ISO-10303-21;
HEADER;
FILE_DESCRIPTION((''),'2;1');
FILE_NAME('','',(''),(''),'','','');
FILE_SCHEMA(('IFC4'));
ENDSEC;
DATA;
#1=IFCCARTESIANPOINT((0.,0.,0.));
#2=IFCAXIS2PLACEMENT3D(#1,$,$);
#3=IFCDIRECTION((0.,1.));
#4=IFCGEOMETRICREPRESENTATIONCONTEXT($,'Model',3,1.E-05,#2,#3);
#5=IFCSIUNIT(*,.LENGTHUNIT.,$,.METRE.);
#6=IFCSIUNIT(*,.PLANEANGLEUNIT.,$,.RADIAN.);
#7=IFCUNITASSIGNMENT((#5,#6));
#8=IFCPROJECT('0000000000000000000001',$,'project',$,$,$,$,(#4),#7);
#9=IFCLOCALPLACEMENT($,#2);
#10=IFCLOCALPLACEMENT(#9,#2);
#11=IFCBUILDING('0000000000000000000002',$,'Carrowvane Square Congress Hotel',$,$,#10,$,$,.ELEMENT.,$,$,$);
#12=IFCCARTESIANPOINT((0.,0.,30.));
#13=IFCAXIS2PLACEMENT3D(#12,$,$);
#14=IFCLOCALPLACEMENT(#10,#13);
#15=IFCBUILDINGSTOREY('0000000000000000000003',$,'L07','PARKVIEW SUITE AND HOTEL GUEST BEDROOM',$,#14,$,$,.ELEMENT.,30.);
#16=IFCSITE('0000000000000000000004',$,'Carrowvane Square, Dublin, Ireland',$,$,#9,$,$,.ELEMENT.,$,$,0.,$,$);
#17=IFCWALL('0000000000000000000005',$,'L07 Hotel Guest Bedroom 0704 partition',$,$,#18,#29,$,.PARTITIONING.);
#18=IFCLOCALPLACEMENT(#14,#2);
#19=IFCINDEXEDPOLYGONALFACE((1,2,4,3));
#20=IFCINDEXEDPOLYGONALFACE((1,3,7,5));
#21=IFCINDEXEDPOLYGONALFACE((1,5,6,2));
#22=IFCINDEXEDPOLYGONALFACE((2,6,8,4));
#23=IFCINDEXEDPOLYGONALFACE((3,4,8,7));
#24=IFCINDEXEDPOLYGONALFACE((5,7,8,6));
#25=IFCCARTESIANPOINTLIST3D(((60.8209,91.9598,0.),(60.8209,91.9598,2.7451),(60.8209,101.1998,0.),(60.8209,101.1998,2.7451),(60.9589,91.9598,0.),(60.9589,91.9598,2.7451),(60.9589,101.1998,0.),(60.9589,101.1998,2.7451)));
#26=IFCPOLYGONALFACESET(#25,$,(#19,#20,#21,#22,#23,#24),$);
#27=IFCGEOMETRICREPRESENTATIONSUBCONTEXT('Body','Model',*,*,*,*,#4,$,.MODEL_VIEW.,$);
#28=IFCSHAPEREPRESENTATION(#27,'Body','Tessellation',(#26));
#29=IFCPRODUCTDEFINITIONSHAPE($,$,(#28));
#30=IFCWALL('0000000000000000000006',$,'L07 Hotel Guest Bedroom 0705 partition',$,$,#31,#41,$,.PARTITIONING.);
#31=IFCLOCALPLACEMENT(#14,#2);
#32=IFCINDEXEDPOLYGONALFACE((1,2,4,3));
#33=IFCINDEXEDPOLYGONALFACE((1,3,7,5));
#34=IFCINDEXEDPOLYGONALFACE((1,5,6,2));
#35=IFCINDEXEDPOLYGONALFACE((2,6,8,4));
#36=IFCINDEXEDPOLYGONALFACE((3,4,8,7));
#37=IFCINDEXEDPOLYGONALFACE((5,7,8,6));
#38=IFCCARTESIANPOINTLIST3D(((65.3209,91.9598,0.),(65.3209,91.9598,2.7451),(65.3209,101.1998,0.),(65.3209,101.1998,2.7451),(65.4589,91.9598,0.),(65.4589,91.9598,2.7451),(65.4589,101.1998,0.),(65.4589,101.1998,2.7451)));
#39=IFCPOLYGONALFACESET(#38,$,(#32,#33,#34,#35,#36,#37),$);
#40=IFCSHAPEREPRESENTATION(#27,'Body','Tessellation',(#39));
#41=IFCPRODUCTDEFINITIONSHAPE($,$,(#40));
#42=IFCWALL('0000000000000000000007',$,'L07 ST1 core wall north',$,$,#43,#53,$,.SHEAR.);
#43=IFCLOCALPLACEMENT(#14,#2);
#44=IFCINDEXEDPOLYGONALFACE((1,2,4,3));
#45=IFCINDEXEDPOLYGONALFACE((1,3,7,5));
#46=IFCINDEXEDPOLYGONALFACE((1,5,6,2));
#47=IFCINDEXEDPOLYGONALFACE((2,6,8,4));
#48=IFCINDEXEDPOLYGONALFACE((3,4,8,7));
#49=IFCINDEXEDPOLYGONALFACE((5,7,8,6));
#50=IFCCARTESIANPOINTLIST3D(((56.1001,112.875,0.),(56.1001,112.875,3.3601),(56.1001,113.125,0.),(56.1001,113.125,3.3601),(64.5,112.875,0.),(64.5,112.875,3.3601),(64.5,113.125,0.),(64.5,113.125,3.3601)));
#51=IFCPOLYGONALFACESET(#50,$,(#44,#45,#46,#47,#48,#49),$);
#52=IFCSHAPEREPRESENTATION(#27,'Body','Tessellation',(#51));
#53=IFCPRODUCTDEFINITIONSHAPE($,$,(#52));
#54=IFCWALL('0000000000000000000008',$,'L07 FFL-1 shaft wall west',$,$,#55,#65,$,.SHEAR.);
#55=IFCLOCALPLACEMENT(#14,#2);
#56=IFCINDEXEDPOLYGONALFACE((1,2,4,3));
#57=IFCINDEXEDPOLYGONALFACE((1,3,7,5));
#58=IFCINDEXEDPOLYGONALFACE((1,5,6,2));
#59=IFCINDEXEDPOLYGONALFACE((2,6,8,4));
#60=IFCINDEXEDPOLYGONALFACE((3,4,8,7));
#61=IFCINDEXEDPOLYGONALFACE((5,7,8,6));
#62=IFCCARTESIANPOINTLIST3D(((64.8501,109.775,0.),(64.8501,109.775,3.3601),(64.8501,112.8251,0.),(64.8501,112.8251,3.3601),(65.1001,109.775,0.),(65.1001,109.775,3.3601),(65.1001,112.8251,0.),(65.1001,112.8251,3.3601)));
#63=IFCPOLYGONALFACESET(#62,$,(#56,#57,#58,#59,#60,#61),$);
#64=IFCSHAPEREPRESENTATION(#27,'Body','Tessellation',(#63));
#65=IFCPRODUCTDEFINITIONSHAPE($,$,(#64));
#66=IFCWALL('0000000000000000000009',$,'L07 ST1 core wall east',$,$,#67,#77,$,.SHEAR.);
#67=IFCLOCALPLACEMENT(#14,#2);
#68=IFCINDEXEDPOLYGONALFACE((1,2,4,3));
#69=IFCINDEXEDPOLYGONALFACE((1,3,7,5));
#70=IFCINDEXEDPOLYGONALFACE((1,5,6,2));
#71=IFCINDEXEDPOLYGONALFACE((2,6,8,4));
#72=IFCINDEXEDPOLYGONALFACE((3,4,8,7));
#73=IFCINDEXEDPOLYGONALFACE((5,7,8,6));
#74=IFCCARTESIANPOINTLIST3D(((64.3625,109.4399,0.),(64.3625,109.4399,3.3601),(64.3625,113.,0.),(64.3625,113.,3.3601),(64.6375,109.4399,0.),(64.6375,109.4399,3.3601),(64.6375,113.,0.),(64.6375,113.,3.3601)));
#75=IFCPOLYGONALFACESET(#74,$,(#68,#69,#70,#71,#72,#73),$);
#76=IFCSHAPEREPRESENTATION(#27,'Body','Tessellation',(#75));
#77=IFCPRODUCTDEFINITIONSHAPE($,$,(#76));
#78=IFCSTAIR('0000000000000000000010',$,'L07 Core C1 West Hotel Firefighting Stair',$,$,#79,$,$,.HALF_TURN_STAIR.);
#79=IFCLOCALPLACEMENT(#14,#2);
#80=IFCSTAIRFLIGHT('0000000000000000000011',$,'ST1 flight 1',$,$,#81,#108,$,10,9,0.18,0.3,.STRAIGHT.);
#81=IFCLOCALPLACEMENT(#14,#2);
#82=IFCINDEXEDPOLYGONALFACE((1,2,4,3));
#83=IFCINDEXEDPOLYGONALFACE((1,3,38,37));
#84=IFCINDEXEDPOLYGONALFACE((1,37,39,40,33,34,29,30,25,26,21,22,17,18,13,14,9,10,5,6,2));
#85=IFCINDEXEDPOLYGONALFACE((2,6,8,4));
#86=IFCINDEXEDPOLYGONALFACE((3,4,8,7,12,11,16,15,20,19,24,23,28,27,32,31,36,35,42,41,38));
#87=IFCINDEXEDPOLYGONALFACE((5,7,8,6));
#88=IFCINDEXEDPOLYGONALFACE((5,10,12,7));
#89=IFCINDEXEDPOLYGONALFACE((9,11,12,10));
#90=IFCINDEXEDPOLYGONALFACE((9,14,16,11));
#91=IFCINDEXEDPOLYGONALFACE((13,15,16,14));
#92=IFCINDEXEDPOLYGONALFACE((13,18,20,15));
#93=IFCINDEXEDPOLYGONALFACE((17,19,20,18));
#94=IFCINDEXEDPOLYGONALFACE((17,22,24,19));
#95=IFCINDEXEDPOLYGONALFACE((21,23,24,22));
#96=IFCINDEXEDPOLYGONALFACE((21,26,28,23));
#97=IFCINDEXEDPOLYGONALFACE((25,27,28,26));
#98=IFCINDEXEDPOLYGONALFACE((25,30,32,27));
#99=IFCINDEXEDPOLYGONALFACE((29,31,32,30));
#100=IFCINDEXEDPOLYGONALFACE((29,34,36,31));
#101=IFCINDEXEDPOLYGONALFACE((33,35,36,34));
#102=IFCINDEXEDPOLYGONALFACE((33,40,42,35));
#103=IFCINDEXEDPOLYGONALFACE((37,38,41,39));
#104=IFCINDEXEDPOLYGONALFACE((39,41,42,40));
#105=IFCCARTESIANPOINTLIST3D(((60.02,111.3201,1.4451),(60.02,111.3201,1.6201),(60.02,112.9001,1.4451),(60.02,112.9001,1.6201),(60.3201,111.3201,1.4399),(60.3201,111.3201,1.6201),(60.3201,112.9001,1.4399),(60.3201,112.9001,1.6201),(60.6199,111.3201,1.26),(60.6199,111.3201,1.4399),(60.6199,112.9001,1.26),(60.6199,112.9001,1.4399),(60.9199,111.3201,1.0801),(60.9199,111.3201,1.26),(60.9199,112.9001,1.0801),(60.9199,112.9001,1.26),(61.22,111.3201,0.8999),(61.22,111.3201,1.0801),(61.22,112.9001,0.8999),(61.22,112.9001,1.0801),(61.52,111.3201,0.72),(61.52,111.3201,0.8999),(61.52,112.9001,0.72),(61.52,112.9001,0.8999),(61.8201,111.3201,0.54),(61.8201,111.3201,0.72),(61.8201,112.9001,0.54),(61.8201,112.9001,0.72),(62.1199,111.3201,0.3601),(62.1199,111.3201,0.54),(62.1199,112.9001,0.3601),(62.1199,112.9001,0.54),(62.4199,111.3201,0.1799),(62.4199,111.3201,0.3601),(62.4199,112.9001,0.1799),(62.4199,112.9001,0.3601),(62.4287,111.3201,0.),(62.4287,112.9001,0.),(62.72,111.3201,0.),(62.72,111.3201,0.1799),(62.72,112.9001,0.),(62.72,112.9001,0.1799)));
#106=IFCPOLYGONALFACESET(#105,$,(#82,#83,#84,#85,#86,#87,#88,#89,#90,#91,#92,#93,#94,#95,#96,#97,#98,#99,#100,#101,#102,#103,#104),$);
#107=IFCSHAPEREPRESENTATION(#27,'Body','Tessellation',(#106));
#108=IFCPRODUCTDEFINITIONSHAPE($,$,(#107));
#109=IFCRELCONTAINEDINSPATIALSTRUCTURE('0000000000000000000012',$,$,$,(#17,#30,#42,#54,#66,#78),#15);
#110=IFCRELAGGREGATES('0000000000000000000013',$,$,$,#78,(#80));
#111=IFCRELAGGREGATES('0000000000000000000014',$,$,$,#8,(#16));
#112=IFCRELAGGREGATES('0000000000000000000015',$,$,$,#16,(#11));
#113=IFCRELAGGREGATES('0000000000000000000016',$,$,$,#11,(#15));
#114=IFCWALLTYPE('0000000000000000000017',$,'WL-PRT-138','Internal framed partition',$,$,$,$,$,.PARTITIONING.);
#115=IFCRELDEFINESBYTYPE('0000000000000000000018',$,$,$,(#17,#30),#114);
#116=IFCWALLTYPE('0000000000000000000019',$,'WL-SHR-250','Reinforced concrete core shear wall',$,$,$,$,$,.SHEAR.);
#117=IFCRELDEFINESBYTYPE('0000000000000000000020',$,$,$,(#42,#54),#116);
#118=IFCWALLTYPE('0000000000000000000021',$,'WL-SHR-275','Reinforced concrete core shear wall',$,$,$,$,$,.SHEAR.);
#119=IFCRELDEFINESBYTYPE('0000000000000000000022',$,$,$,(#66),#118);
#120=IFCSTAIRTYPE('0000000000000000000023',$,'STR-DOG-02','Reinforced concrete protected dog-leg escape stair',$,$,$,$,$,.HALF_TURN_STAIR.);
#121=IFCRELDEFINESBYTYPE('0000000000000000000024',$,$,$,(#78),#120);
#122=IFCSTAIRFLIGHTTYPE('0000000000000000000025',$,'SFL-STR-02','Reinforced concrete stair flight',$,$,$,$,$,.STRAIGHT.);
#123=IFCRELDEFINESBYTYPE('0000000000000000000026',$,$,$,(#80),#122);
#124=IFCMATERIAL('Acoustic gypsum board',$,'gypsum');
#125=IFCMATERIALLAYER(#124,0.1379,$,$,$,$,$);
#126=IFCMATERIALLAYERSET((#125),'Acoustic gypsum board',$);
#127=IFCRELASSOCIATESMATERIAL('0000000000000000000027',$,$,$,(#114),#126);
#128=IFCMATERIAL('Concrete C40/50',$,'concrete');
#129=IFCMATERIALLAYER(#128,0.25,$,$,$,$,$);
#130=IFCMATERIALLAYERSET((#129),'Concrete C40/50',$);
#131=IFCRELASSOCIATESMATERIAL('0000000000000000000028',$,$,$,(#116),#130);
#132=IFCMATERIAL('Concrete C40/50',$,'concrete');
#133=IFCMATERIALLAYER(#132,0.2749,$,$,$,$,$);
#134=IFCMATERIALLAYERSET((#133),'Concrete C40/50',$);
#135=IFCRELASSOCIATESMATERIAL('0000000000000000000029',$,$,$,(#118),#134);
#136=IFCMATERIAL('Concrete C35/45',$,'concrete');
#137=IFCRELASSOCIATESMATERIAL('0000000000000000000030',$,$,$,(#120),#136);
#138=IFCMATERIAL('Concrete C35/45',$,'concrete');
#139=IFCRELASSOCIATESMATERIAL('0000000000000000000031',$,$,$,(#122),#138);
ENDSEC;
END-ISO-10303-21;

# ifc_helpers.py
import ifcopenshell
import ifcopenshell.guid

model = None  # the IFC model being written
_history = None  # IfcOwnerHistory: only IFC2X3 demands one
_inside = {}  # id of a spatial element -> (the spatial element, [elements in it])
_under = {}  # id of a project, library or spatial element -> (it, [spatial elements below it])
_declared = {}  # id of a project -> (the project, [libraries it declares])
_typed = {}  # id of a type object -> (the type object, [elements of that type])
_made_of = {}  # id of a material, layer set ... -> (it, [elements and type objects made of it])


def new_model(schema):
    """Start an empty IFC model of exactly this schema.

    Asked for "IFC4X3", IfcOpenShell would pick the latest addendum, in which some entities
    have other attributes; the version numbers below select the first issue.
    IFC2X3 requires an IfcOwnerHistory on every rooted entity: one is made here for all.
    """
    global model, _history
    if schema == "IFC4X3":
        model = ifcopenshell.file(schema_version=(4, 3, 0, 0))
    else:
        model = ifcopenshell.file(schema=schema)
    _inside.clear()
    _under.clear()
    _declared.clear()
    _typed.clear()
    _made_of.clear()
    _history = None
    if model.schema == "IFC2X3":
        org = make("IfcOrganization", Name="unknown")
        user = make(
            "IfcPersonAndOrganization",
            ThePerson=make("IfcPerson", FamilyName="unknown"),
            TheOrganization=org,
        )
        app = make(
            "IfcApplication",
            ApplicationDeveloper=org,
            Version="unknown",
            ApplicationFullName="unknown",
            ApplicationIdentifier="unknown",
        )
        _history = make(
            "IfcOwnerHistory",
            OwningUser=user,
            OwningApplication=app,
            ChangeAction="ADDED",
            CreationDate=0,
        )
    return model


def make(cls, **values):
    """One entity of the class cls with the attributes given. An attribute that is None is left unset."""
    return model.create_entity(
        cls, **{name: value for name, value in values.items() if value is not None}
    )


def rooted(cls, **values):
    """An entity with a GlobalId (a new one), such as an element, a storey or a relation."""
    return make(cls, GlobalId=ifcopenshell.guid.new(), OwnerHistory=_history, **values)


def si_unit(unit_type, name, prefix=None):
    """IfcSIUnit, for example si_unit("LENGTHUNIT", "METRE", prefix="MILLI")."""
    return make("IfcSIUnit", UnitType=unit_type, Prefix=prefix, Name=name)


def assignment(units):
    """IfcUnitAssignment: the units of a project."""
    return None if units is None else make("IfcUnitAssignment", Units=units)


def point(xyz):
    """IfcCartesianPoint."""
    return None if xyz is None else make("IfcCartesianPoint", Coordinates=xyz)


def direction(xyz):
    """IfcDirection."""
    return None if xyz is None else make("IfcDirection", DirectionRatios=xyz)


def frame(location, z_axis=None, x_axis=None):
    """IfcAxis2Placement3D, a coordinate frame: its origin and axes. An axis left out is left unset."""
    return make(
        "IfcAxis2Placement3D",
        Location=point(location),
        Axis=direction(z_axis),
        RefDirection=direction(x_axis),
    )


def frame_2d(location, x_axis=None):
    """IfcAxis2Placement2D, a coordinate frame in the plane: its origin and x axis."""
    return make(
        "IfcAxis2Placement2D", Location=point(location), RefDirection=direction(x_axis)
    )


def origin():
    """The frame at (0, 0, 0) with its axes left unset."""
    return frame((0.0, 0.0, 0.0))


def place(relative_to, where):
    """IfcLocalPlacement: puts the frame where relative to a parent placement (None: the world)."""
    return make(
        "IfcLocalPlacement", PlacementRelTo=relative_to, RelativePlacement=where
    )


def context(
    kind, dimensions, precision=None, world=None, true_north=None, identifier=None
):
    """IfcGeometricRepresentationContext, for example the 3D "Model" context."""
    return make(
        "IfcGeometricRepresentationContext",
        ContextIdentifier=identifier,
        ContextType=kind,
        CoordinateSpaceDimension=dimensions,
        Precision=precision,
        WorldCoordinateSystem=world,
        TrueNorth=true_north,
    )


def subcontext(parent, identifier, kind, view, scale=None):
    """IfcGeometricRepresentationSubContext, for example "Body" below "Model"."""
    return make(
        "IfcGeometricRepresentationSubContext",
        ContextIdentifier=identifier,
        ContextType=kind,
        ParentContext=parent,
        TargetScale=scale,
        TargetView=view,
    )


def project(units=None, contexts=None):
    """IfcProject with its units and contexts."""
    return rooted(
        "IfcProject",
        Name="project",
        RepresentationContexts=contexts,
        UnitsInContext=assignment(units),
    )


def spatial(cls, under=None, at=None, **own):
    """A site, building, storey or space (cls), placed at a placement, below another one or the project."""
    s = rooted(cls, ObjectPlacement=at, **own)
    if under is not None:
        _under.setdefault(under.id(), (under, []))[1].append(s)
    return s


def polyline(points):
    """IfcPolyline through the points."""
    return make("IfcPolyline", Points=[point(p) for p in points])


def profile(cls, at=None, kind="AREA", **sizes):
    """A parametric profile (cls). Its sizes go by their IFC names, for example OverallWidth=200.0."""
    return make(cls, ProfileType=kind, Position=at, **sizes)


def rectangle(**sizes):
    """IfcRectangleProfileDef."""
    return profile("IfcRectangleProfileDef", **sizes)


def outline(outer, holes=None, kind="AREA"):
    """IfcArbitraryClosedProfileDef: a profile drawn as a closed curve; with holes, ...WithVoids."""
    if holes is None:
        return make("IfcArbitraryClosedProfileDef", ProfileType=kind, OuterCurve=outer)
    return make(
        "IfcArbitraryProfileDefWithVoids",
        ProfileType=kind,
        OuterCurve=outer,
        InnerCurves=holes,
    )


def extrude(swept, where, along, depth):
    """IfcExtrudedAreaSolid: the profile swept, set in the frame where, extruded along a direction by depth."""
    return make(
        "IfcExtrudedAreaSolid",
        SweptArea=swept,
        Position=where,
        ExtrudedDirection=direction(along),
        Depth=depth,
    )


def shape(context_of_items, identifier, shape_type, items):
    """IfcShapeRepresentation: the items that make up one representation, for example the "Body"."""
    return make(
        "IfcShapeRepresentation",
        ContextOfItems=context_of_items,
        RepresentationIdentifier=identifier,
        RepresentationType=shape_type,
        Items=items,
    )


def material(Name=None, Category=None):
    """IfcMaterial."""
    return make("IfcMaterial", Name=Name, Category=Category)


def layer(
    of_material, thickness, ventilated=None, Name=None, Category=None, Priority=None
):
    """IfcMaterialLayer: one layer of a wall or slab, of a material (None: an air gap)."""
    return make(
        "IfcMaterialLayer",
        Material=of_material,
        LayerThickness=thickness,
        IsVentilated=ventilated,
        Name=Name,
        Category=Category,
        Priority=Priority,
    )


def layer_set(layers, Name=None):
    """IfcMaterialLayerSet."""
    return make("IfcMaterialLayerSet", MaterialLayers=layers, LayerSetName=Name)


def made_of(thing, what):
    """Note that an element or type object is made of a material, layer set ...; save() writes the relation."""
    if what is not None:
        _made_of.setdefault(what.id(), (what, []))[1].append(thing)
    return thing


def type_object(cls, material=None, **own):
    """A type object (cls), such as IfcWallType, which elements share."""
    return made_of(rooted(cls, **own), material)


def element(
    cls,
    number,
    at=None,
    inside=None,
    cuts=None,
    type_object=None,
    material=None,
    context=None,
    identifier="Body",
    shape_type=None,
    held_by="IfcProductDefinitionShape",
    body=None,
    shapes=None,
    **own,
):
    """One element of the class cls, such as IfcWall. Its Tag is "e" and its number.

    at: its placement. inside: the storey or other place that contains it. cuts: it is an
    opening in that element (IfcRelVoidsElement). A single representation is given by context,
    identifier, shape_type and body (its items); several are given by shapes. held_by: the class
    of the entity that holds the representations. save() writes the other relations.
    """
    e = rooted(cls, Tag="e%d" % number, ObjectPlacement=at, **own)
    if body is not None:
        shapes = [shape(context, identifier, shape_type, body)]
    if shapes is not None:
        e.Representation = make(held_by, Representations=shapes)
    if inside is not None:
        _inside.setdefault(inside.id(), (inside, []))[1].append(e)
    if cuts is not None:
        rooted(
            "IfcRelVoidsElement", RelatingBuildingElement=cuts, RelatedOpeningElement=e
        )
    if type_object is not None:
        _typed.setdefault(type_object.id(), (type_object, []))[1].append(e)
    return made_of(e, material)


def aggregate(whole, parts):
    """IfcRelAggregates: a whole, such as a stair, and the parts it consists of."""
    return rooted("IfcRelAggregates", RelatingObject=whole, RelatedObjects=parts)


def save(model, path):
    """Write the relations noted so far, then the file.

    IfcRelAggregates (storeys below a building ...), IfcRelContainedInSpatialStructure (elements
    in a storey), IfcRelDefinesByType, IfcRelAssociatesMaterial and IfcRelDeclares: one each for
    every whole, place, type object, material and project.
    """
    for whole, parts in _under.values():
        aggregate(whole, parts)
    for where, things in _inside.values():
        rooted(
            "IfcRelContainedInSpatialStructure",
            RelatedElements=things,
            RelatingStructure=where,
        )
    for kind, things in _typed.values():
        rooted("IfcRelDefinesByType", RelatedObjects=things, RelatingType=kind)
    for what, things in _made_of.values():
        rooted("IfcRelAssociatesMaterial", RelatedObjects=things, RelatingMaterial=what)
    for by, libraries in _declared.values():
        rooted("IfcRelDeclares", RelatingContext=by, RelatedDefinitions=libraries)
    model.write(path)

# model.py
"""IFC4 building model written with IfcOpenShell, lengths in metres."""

from ifc_helpers import new_model, si_unit, direction, frame, frame_2d, origin, place, context, subcontext, project, spatial, polyline, rectangle, outline, extrude, material, layer, layer_set, type_object, element, aggregate, save


model = new_model("IFC4")

# Units and contexts
model_context = context("Model", 3, precision=1e-05, world=origin(), true_north=direction((0.0, 1.0)))
body_context = subcontext(model_context, "Body", "Model", "MODEL_VIEW")
ifc_project = project(units=[si_unit("LENGTHUNIT", "METRE"), si_unit("PLANEANGLEUNIT", "RADIAN")], contexts=[model_context])

# Site, building, storey
site_placement = place(None, origin())
site = spatial("IfcSite", under=ifc_project, at=site_placement, Name="Carrowvane Square, Dublin, Ireland", CompositionType="ELEMENT", RefElevation=0.0)
building_placement = place(site_placement, origin())
building = spatial("IfcBuilding", under=site, at=building_placement, Name="Carrowvane Square Congress Hotel", CompositionType="ELEMENT")
storey_placement = place(building_placement, frame((0.0, 0.0, 30.0)))
storey = spatial("IfcBuildingStorey", under=building, at=storey_placement, Name="L07", Description="PARKVIEW SUITE AND HOTEL GUEST BEDROOM", CompositionType="ELEMENT", Elevation=30.0)

# Walls
ifc_material_1 = material(Name="Acoustic gypsum board", Category="gypsum")
ifc_layer_1 = layer(ifc_material_1, 0.1379)
ifc_layer_set_1 = layer_set([ifc_layer_1], Name="Acoustic gypsum board")
wall_type_1 = type_object("IfcWallType", Name="WL-PRT-138", Description="Internal framed partition", PredefinedType="PARTITIONING", material=ifc_layer_set_1)
for number, where, z_axis, x_axis, name in (
    (1, (60.8899, 101.2, 0.0), (0.0, 0.0, 1.0), (0.0, -1.0, 0.0), "L07 Hotel Guest Bedroom 0704 partition"),
    (2, (65.3899, 101.2, 0.0), (0.0, 0.0, 1.0), (0.0, -1.0, 0.0), "L07 Hotel Guest Bedroom 0705 partition"),
):
    element("IfcWall", number, at=place(storey_placement, frame(where, z_axis=z_axis, x_axis=x_axis)), inside=storey, type_object=wall_type_1, Name=name, PredefinedType="PARTITIONING", context=body_context, shape_type="SweptSolid", body=[
        extrude(rectangle(XDim=9.24, YDim=0.1379, at=frame_2d((4.6201, 0.0))), origin(), (0.0, 0.0, 1.0), 2.7451),
    ])
ifc_material_2 = material(Name="Concrete C40/50", Category="concrete")
ifc_layer_2 = layer(ifc_material_2, 0.25)
ifc_layer_set_2 = layer_set([ifc_layer_2], Name="Concrete C40/50")
wall_type_2 = type_object("IfcWallType", Name="WL-SHR-250", Description="Reinforced concrete core shear wall", PredefinedType="SHEAR", material=ifc_layer_set_2)
wall_1_placement = place(storey_placement, frame((64.5, 113.0, 0.0), z_axis=(0.0, 0.0, 1.0), x_axis=(-1.0, 0.0, 0.0)))
element("IfcWall", 3, at=wall_1_placement, inside=storey, type_object=wall_type_2, Name="L07 ST1 core wall north", PredefinedType="SHEAR", context=body_context, shape_type="SweptSolid", body=[
    extrude(rectangle(XDim=8.3999, YDim=0.25, at=frame_2d((4.2, 0.0))), origin(), (0.0, 0.0, 1.0), 3.3601),
])

# Walls
wall_2_placement = place(storey_placement, frame((64.9751, 112.825, 0.0), z_axis=(0.0, 0.0, 1.0), x_axis=(0.0, -1.0, 0.0)))
element("IfcWall", 4, at=wall_2_placement, inside=storey, type_object=wall_type_2, Name="L07 FFL-1 shaft wall west", PredefinedType="SHEAR", context=body_context, shape_type="SweptSolid", body=[
    extrude(rectangle(XDim=3.05, YDim=0.25, at=frame_2d((1.5249, 0.0))), origin(), (0.0, 0.0, 1.0), 3.3601),
])
ifc_material_3 = material(Name="Concrete C40/50", Category="concrete")
ifc_layer_3 = layer(ifc_material_3, 0.2749)
ifc_layer_set_3 = layer_set([ifc_layer_3], Name="Concrete C40/50")
wall_type_3 = type_object("IfcWallType", Name="WL-SHR-275", Description="Reinforced concrete core shear wall", PredefinedType="SHEAR", material=ifc_layer_set_3)
wall_3_placement = place(storey_placement, frame((64.5, 109.4399, 0.0), z_axis=(0.0, 0.0, 1.0), x_axis=(0.0, 1.0, 0.0)))
element("IfcWall", 5, at=wall_3_placement, inside=storey, type_object=wall_type_3, Name="L07 ST1 core wall east", PredefinedType="SHEAR", context=body_context, shape_type="SweptSolid", body=[
    extrude(rectangle(XDim=3.5601, YDim=0.2749, at=frame_2d((1.78, 0.0))), origin(), (0.0, 0.0, 1.0), 3.3601),
])

# Stair, stair flight
ifc_material_4 = material(Name="Concrete C35/45", Category="concrete")
stair_type = type_object("IfcStairType", Name="STR-DOG-02", Description="Reinforced concrete protected dog-leg escape stair", PredefinedType="HALF_TURN_STAIR", material=ifc_material_4)
stair_placement = place(storey_placement, origin())
stair = element("IfcStair", 6, at=stair_placement, inside=storey, type_object=stair_type, Name="L07 Core C1 West Hotel Firefighting Stair", PredefinedType="HALF_TURN_STAIR")
ifc_material_5 = material(Name="Concrete C35/45", Category="concrete")
stair_flight_type = type_object("IfcStairFlightType", Name="SFL-STR-02", Description="Reinforced concrete stair flight", PredefinedType="STRAIGHT", material=ifc_material_5)
stair_flight_placement = place(storey_placement, frame((62.72, 112.1101, 0.0), z_axis=(0.0, 0.0, 1.0), x_axis=(-1.0, 0.0, 0.0)))
stair_flight = element("IfcStairFlight", 7, at=stair_flight_placement, type_object=stair_flight_type, Name="ST1 flight 1", NumberOfRisers=10, NumberOfTreads=9, PredefinedType="STRAIGHT", RiserHeight=0.18, TreadLength=0.3, context=body_context, shape_type="SweptSolid", body=[
    extrude(outline(polyline([(0.0, 0.0), (0.0, 0.1799), (0.3, 0.1799), (0.3, 0.3601), (0.6001, 0.3601), (0.6001, 0.54), (0.8999, 0.54), (0.8999, 0.72), (1.2, 0.72), (1.2, 0.8999), (1.5, 0.8999), (1.5, 1.0801), (1.8, 1.0801), (1.8, 1.26), (2.1001, 1.26), (2.1001, 1.4399), (2.3999, 1.4399), (2.3999, 1.6201), (2.7, 1.6201), (2.7, 1.8), (2.7, 1.4451), (0.2913, 0.0), (0.0, 0.0)])), frame((0.0, 0.79, 0.0), z_axis=(0.0, -1.0, 0.0), x_axis=(1.0, 0.0, 0.0)), (0.0, 0.0, 1.0), 1.5801),
])
aggregate(stair, [stair_flight])

save(model, "model.ifc")
